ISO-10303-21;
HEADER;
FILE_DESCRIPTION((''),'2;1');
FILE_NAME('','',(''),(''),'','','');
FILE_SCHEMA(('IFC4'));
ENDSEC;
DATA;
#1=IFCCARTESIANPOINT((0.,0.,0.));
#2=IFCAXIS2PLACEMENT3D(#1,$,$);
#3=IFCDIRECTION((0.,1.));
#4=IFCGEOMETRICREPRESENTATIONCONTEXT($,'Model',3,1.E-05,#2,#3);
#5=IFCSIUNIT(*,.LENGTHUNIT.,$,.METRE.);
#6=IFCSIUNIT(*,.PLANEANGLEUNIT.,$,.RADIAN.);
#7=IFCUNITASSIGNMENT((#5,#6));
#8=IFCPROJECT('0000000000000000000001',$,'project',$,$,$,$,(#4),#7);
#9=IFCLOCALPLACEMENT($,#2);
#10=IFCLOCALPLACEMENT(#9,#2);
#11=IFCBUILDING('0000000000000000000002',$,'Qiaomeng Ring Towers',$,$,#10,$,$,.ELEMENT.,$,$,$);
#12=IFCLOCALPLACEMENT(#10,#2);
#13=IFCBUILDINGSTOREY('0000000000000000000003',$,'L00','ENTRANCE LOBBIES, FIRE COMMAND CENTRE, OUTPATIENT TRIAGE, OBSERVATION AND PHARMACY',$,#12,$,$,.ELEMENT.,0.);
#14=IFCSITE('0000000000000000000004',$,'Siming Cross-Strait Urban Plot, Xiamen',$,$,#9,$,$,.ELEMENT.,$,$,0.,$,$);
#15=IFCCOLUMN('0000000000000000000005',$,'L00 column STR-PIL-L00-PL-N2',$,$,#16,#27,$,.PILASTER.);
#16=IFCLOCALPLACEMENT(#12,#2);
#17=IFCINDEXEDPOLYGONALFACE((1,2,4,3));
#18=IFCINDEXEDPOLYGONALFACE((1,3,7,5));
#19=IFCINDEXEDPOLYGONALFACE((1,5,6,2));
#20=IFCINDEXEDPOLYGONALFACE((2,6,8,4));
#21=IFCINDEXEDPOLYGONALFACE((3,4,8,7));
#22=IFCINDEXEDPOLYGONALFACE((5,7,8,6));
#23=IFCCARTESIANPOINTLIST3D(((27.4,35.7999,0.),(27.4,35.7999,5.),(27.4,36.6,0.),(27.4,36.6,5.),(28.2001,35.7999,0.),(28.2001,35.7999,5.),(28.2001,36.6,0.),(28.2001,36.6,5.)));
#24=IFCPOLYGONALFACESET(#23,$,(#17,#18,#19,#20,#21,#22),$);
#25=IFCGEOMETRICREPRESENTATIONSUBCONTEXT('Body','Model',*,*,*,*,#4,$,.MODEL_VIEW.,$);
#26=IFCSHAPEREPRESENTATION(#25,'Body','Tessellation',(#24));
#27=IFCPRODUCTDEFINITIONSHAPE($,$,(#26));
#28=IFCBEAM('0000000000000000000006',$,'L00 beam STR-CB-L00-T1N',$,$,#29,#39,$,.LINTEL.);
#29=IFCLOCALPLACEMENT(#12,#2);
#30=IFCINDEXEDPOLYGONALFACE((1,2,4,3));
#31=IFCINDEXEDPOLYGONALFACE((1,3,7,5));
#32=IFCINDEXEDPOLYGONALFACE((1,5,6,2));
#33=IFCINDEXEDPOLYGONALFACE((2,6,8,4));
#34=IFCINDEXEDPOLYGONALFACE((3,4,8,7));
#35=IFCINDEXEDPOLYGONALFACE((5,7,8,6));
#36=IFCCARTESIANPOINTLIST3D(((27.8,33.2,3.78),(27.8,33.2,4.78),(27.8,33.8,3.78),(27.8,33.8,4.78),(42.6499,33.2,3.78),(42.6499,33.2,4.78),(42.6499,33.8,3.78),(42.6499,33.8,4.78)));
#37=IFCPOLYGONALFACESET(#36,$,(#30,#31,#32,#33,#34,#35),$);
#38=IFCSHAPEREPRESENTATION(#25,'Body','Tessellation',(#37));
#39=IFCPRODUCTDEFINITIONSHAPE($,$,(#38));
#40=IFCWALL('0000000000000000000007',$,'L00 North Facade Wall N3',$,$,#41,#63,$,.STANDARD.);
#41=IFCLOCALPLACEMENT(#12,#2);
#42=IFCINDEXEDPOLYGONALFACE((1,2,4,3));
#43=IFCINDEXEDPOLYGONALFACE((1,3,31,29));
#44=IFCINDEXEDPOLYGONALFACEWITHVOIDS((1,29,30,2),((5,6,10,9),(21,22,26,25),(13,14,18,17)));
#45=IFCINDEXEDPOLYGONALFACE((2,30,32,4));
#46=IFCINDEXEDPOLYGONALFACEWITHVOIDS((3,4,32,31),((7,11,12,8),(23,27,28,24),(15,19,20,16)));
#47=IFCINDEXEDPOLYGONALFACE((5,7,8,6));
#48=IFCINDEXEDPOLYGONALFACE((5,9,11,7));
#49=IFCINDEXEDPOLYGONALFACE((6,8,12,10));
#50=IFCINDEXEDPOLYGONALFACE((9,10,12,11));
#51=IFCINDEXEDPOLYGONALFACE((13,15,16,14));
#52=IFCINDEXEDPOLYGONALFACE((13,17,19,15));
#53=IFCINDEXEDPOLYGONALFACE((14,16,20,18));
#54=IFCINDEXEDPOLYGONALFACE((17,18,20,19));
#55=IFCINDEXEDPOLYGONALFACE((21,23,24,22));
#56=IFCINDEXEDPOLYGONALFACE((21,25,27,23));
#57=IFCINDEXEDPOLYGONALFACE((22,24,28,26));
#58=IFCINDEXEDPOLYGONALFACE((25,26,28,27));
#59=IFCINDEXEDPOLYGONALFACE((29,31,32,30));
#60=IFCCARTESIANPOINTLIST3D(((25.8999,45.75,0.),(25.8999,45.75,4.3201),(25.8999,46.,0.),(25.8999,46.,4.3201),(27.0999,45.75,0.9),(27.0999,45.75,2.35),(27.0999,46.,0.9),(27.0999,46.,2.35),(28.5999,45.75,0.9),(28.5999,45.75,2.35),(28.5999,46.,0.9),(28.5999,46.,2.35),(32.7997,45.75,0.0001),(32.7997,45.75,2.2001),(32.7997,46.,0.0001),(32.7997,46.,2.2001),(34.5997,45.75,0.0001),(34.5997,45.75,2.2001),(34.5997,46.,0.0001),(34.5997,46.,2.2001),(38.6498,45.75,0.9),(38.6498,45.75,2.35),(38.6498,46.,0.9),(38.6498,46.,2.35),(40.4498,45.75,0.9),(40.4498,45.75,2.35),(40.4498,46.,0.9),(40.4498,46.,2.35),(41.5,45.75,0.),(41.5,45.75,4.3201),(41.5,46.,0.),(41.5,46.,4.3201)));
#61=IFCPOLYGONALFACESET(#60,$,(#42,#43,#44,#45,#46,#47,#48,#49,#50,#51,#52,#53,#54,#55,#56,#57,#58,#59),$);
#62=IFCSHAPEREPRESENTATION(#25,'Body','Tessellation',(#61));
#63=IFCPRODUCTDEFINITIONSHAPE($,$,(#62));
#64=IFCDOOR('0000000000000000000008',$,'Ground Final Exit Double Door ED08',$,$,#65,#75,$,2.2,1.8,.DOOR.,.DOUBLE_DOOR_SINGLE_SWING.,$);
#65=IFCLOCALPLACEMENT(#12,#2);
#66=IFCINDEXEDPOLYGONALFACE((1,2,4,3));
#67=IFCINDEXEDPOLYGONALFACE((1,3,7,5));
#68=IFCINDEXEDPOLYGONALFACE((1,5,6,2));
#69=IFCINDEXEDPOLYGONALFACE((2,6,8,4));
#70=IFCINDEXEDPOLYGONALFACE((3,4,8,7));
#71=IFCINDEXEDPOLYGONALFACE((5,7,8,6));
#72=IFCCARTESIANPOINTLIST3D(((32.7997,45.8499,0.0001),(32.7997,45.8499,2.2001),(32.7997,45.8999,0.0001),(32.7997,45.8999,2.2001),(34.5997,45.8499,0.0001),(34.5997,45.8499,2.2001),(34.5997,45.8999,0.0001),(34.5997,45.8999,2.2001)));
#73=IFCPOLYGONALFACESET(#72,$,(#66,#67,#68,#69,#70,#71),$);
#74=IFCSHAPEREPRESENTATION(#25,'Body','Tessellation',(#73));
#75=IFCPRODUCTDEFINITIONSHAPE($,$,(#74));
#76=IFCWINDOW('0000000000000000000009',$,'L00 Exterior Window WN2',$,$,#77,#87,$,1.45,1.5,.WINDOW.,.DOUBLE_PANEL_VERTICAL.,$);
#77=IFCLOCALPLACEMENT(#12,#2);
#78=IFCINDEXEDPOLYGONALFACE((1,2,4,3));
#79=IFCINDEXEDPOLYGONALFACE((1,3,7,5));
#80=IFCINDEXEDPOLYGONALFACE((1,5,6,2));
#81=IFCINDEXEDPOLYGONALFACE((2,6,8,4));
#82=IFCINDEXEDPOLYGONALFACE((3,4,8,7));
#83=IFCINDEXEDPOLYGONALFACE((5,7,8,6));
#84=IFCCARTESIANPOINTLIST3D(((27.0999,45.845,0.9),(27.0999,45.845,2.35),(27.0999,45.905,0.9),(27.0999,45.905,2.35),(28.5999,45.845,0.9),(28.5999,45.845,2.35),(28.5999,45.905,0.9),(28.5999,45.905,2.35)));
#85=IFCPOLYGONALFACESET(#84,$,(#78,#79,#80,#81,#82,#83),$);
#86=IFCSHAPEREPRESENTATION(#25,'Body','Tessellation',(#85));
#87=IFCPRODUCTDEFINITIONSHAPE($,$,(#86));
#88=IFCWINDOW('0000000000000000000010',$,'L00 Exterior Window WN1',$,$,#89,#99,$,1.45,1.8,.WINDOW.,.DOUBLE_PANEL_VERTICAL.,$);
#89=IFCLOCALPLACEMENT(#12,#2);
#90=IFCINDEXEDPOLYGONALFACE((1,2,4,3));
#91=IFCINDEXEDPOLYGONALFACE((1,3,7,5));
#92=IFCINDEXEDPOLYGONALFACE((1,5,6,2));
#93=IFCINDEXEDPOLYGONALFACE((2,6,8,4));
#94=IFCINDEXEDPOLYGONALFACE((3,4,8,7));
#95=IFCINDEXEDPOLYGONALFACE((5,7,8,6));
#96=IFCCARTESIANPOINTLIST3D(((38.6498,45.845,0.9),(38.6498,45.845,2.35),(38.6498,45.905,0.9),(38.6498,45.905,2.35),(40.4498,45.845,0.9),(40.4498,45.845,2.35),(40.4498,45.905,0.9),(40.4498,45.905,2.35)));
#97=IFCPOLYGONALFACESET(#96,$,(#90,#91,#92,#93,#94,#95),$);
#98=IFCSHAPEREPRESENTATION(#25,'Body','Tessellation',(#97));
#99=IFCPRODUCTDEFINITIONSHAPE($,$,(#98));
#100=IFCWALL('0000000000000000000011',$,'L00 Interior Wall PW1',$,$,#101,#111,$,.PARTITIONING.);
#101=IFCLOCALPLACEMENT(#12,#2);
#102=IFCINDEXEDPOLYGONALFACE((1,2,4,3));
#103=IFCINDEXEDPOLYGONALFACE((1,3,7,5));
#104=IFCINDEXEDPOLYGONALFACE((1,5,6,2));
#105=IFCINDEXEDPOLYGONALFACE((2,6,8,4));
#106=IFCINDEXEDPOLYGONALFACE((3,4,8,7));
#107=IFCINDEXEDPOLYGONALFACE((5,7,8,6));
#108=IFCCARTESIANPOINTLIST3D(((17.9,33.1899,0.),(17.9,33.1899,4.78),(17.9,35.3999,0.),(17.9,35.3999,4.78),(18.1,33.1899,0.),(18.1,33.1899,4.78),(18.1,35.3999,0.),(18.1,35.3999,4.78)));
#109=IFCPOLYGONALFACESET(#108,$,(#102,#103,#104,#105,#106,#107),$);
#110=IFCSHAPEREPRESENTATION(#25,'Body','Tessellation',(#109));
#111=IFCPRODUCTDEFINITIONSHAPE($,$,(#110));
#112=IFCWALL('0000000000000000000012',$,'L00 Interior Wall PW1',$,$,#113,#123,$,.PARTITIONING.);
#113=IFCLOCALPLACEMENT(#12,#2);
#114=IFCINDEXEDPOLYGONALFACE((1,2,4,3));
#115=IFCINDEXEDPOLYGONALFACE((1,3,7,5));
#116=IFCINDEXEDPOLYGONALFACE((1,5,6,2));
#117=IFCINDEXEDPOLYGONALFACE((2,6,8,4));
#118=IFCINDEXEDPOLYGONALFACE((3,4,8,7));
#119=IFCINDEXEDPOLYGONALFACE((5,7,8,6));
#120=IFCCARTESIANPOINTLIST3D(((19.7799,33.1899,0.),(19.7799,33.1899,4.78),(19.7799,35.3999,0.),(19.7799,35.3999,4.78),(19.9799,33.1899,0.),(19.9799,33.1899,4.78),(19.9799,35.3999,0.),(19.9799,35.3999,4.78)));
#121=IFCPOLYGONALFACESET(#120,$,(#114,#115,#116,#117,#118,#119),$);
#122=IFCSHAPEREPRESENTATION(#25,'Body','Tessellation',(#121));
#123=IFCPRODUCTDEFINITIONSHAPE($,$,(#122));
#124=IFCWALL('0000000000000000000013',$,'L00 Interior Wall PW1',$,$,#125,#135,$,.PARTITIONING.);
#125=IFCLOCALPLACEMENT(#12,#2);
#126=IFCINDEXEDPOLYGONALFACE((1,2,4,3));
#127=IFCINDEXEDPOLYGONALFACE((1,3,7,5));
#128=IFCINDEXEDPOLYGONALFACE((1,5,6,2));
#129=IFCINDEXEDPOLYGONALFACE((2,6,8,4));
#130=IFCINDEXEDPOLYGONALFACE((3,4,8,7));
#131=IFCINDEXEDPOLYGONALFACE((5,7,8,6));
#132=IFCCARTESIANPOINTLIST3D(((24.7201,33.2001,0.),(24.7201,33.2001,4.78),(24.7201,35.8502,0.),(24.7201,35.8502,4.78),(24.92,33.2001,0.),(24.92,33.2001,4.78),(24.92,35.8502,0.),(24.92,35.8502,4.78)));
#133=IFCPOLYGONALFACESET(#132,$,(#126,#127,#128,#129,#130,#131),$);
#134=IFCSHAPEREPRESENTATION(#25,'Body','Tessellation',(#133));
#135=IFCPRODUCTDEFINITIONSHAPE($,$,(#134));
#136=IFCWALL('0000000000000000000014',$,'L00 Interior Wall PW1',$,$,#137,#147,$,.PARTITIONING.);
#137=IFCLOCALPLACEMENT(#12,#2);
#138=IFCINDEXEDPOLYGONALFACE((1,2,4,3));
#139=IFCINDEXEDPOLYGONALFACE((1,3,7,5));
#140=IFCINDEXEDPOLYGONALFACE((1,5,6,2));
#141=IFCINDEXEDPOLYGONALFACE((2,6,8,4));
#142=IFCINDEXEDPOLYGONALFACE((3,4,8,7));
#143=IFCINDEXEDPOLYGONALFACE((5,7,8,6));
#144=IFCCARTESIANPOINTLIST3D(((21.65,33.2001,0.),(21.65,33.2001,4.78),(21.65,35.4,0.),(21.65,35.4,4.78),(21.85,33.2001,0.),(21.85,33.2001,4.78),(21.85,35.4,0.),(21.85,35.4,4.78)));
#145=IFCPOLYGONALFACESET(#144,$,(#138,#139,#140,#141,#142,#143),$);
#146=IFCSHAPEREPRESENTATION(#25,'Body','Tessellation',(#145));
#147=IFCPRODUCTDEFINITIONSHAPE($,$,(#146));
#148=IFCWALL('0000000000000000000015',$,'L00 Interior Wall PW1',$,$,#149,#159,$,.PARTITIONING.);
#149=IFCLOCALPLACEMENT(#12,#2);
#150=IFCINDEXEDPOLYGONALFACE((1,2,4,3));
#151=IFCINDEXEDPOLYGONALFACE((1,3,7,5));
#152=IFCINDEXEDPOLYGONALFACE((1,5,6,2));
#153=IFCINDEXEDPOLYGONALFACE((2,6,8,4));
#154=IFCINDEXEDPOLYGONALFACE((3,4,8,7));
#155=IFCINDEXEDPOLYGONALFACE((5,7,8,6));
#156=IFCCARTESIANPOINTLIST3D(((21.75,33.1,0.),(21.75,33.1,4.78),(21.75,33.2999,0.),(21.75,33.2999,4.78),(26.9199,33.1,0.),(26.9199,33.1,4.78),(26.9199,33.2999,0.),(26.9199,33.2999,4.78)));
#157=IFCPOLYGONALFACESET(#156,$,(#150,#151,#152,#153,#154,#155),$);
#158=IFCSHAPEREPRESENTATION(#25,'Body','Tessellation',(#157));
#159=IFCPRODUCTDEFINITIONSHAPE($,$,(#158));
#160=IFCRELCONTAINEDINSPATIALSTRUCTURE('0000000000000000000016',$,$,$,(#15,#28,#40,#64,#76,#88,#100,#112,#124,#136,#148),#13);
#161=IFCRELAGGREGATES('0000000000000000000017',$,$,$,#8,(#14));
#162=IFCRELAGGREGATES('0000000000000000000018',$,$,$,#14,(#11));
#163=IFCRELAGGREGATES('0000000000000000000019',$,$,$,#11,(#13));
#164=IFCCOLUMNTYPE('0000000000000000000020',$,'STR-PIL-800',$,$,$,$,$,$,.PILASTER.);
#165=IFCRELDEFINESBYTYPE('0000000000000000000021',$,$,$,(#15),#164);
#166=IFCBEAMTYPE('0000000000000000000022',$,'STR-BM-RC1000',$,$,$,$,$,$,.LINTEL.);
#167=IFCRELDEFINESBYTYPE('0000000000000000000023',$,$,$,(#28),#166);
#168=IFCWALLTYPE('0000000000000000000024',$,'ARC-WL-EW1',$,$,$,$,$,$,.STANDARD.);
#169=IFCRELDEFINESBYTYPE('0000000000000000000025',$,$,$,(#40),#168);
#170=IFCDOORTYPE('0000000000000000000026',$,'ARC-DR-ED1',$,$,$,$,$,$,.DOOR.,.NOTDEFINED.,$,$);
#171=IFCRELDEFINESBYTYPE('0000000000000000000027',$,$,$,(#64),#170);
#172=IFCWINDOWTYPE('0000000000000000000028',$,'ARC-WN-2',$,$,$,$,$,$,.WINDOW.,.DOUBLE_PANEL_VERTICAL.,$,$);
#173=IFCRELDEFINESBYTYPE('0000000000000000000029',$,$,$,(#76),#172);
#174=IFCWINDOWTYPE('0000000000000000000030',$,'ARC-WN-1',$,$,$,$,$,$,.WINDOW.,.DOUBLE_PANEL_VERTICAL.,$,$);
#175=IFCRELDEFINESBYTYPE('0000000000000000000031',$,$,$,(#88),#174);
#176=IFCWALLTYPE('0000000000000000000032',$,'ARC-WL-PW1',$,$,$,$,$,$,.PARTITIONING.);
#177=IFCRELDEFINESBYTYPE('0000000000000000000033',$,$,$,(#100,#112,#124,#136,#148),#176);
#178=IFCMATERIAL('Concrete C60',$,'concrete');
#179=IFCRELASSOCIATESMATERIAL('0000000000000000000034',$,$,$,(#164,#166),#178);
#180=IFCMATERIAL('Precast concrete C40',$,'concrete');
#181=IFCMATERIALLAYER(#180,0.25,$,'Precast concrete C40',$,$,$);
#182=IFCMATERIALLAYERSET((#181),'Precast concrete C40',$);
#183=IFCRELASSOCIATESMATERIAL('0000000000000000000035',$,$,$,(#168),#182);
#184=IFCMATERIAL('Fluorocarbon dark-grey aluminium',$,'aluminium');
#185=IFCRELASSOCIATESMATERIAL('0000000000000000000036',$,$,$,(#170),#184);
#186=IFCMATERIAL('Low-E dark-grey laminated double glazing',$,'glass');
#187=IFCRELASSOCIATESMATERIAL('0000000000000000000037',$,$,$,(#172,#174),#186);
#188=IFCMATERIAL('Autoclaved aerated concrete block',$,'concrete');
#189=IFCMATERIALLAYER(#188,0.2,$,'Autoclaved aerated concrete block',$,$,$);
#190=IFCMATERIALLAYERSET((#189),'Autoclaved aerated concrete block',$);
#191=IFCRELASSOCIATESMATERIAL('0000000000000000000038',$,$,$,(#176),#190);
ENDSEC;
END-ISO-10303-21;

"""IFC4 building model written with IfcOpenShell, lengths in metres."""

from ifc_helpers import new_model, si_unit, direction, frame, frame_2d, origin, origin_2d, place, context, subcontext, project, spatial, rectangle, extrude, source, transform, mapped, material, layer, layer_set, material_profile, profile_set, type_object, element, fill, save


model = new_model("IFC4")

# Units and contexts
model_context = context("Model", 3, precision=1e-05, world=origin(), true_north=direction((0.0, 1.0)))
body_context = subcontext(model_context, "Body", "Model", "MODEL_VIEW")
ifc_project = project(units=[si_unit("LENGTHUNIT", "METRE"), si_unit("PLANEANGLEUNIT", "RADIAN")], contexts=[model_context])

# Site, building, storey
site_placement = place(None, origin())
site = spatial("IfcSite", under=ifc_project, at=site_placement, Name="Siming Cross-Strait Urban Plot, Xiamen", CompositionType="ELEMENT", RefElevation=0.0)
building_placement = place(site_placement, origin())
building = spatial("IfcBuilding", under=site, at=building_placement, Name="Qiaomeng Ring Towers", CompositionType="ELEMENT")
storey_placement = place(building_placement, origin())
storey = spatial("IfcBuildingStorey", under=building, at=storey_placement, Name="L00", Description="ENTRANCE LOBBIES, FIRE COMMAND CENTRE, OUTPATIENT TRIAGE, OBSERVATION AND PHARMACY", CompositionType="ELEMENT", Elevation=0.0)

# Column
ifc_material_1 = material(Name="Concrete C60", Category="concrete")
ifc_material_profile_1 = material_profile(ifc_material_1, rectangle(XDim=0.8, YDim=0.8, at=origin_2d()), Name="RC COL 800x800")
ifc_profile_set_1 = profile_set([ifc_material_profile_1], Name="Concrete C60")
column_type = type_object("IfcColumnType", Name="STR-PIL-800", PredefinedType="PILASTER", material=ifc_profile_set_1)
shared_shape_1 = source(origin(), body_context, "Body", "SweptSolid", [
    extrude(rectangle(XDim=0.8, YDim=0.8, at=origin_2d()), origin(), (0.0, 0.0, 1.0), 5.0),
])
column_placement = place(storey_placement, frame((27.8, 36.2, 0.0), z_axis=(0.0, 0.0, 1.0), x_axis=(1.0, 0.0, 0.0)))
element("IfcColumn", 1, at=column_placement, inside=storey, type_object=column_type, Name="L00 column STR-PIL-L00-PL-N2", PredefinedType="PILASTER", context=body_context, shape_type="MappedRepresentation", body=[
    mapped(shared_shape_1, transform((0.0, 0.0, 0.0), x_axis=(1.0, 0.0, 0.0), y_axis=(0.0, 1.0, 0.0), z_axis=(0.0, 0.0, 1.0), scale=1.0)),
])

# Beam
ifc_material_profile_2 = material_profile(ifc_material_1, rectangle(XDim=0.6001, YDim=1.0, at=origin_2d()), Name="RC BM 600x1000")
ifc_profile_set_2 = profile_set([ifc_material_profile_2], Name="Concrete C60")
beam_type = type_object("IfcBeamType", Name="STR-BM-RC1000", PredefinedType="LINTEL", material=ifc_profile_set_2)
shared_shape_2 = source(origin(), body_context, "Body", "SweptSolid", [
    extrude(rectangle(XDim=0.6001, YDim=1.0, at=origin_2d()), origin(), (0.0, 0.0, 1.0), 14.8499),
])
beam_placement = place(storey_placement, frame((27.8, 33.5, 4.28), z_axis=(1.0, 0.0, 0.0), x_axis=(0.0, 1.0, 0.0)))
element("IfcBeam", 2, at=beam_placement, inside=storey, type_object=beam_type, Name="L00 beam STR-CB-L00-T1N", PredefinedType="LINTEL", context=body_context, shape_type="MappedRepresentation", body=[
    mapped(shared_shape_2, transform((0.0, 0.0, 0.0), x_axis=(1.0, 0.0, 0.0), y_axis=(0.0, 1.0, 0.0), z_axis=(0.0, 0.0, 1.0), scale=1.0)),
])

# Wall, openings, door, windows
ifc_material_2 = material(Name="Precast concrete C40", Category="concrete")
ifc_layer_1 = layer(ifc_material_2, 0.25, Name="Precast concrete C40")
ifc_layer_set_1 = layer_set([ifc_layer_1], Name="Precast concrete C40")
wall_type_1 = type_object("IfcWallType", Name="ARC-WL-EW1", PredefinedType="STANDARD", material=ifc_layer_set_1)
wall_1_placement = place(storey_placement, frame((25.8999, 45.875, 0.0), z_axis=(0.0, 0.0, 1.0), x_axis=(1.0, 0.0, 0.0)))
wall_1 = element("IfcWall", 3, at=wall_1_placement, inside=storey, type_object=wall_type_1, Name="L00 North Facade Wall N3", PredefinedType="STANDARD", context=body_context, shape_type="SweptSolid", body=[
    extrude(rectangle(XDim=15.6001, YDim=0.25, at=frame_2d((7.8, 0.0))), origin(), (0.0, 0.0, 1.0), 4.3201),
])
opening_1_placement = place(wall_1_placement, frame((6.8999, 0.0, 0.0)))
opening_1 = element("IfcOpeningElement", 4, at=opening_1_placement, cuts=wall_1, PredefinedType="OPENING", context=body_context, shape_type="SweptSolid", body=[
    extrude(rectangle(XDim=1.8, YDim=2.2, at=frame_2d((0.8999, 1.1001))), frame((0.0, 0.135, 0.0), z_axis=(0.0, -1.0, 0.0), x_axis=(1.0, 0.0, 0.0)), (0.0, 0.0, 1.0), 0.27),
])
opening_2_placement = place(wall_1_placement, frame((1.2, 0.0, 0.8999)))
opening_2 = element("IfcOpeningElement", 5, at=opening_2_placement, cuts=wall_1, PredefinedType="OPENING", context=body_context, shape_type="SweptSolid", body=[
    extrude(rectangle(XDim=1.5, YDim=1.45, at=frame_2d((0.75, 0.7251))), frame((0.0, 0.135, 0.0), z_axis=(0.0, -1.0, 0.0), x_axis=(1.0, 0.0, 0.0)), (0.0, 0.0, 1.0), 0.27),
])
opening_3_placement = place(wall_1_placement, frame((12.75, 0.0, 0.8999)))
opening_3 = element("IfcOpeningElement", 6, at=opening_3_placement, cuts=wall_1, PredefinedType="OPENING", context=body_context, shape_type="SweptSolid", body=[
    extrude(rectangle(XDim=1.8, YDim=1.45, at=frame_2d((0.8999, 0.7251))), frame((0.0, 0.135, 0.0), z_axis=(0.0, -1.0, 0.0), x_axis=(1.0, 0.0, 0.0)), (0.0, 0.0, 1.0), 0.27),
])
ifc_material_3 = material(Name="Fluorocarbon dark-grey aluminium", Category="aluminium")
door_type_1 = type_object("IfcDoorType", Name="ARC-DR-ED1", OperationType="NOTDEFINED", PredefinedType="DOOR", material=ifc_material_3)
shared_shape_3 = source(origin(), body_context, "Body", "SweptSolid", [
    extrude(rectangle(XDim=1.8, YDim=2.2, at=frame_2d((0.8999, 1.1001))), frame((0.0, 0.0249, 0.0), z_axis=(0.0, -1.0, 0.0), x_axis=(1.0, 0.0, 0.0)), (0.0, 0.0, 1.0), 0.05),
])
door_1_placement = place(opening_1_placement, origin())
door_1 = element("IfcDoor", 7, at=door_1_placement, inside=storey, type_object=door_type_1, Name="Ground Final Exit Double Door ED08", OperationType="DOUBLE_DOOR_SINGLE_SWING", OverallHeight=2.2, OverallWidth=1.8, PredefinedType="DOOR", context=body_context, shape_type="MappedRepresentation", body=[
    mapped(shared_shape_3, transform((0.0, 0.0, 0.0), x_axis=(1.0, 0.0, 0.0), y_axis=(0.0, 1.0, 0.0), z_axis=(0.0, 0.0, 1.0), scale=1.0)),
])
fill(opening_1, door_1)
ifc_material_4 = material(Name="Low-E dark-grey laminated double glazing", Category="glass")
window_type_1 = type_object("IfcWindowType", Name="ARC-WN-2", PartitioningType="DOUBLE_PANEL_VERTICAL", PredefinedType="WINDOW", material=ifc_material_4)
shared_shape_4 = source(origin(), body_context, "Body", "SweptSolid", [
    extrude(rectangle(XDim=1.5, YDim=1.45, at=frame_2d((0.75, 0.7251))), frame((0.0, 0.03, 0.0), z_axis=(0.0, -1.0, 0.0), x_axis=(1.0, 0.0, 0.0)), (0.0, 0.0, 1.0), 0.0601),
])
window_1_placement = place(opening_2_placement, origin())
window_1 = element("IfcWindow", 8, at=window_1_placement, inside=storey, type_object=window_type_1, Name="L00 Exterior Window WN2", OverallHeight=1.45, OverallWidth=1.5, PartitioningType="DOUBLE_PANEL_VERTICAL", PredefinedType="WINDOW", context=body_context, shape_type="MappedRepresentation", body=[
    mapped(shared_shape_4, transform((0.0, 0.0, 0.0), x_axis=(1.0, 0.0, 0.0), y_axis=(0.0, 1.0, 0.0), z_axis=(0.0, 0.0, 1.0), scale=1.0)),
])
fill(opening_2, window_1)
window_type_2 = type_object("IfcWindowType", Name="ARC-WN-1", PartitioningType="DOUBLE_PANEL_VERTICAL", PredefinedType="WINDOW", material=ifc_material_4)
shared_shape_5 = source(origin(), body_context, "Body", "SweptSolid", [
    extrude(rectangle(XDim=1.8, YDim=1.45, at=frame_2d((0.8999, 0.7251))), frame((0.0, 0.03, 0.0), z_axis=(0.0, -1.0, 0.0), x_axis=(1.0, 0.0, 0.0)), (0.0, 0.0, 1.0), 0.0601),
])
window_2_placement = place(opening_3_placement, origin())
window_2 = element("IfcWindow", 9, at=window_2_placement, inside=storey, type_object=window_type_2, Name="L00 Exterior Window WN1", OverallHeight=1.45, OverallWidth=1.8, PartitioningType="DOUBLE_PANEL_VERTICAL", PredefinedType="WINDOW", context=body_context, shape_type="MappedRepresentation", body=[
    mapped(shared_shape_5, transform((0.0, 0.0, 0.0), x_axis=(1.0, 0.0, 0.0), y_axis=(0.0, 1.0, 0.0), z_axis=(0.0, 0.0, 1.0), scale=1.0)),
])
fill(opening_3, window_2)

# Walls
ifc_material_5 = material(Name="Autoclaved aerated concrete block", Category="concrete")
ifc_layer_2 = layer(ifc_material_5, 0.2, Name="Autoclaved aerated concrete block")
ifc_layer_set_2 = layer_set([ifc_layer_2], Name="Autoclaved aerated concrete block")
wall_type_2 = type_object("IfcWallType", Name="ARC-WL-PW1", PredefinedType="PARTITIONING", material=ifc_layer_set_2)
for number, where, z_axis, x_axis, name in (
    (10, (18.0, 33.1899, 0.0), (0.0, 0.0, 1.0), (0.0, 1.0, 0.0), "L00 Interior Wall PW1"),
    (11, (19.8799, 33.1899, 0.0), (0.0, 0.0, 1.0), (0.0, 1.0, 0.0), "L00 Interior Wall PW1"),
):
    element("IfcWall", number, at=place(storey_placement, frame(where, z_axis=z_axis, x_axis=x_axis)), inside=storey, type_object=wall_type_2, Name=name, PredefinedType="PARTITIONING", context=body_context, shape_type="SweptSolid", body=[
        extrude(rectangle(XDim=2.21, YDim=0.2, at=frame_2d((1.105, 0.0))), origin(), (0.0, 0.0, 1.0), 4.78),
    ])
wall_2_placement = place(storey_placement, frame((24.8201, 33.2, 0.0), z_axis=(0.0, 0.0, 1.0), x_axis=(0.0, 1.0, 0.0)))
element("IfcWall", 12, at=wall_2_placement, inside=storey, type_object=wall_type_2, Name="L00 Interior Wall PW1", PredefinedType="PARTITIONING", context=body_context, shape_type="SweptSolid", body=[
    extrude(rectangle(XDim=2.6501, YDim=0.2, at=frame_2d((1.3252, 0.0))), origin(), (0.0, 0.0, 1.0), 4.78),
])
wall_3_placement = place(storey_placement, frame((21.75, 33.2, 0.0), z_axis=(0.0, 0.0, 1.0), x_axis=(0.0, 1.0, 0.0)))
element("IfcWall", 13, at=wall_3_placement, inside=storey, type_object=wall_type_2, Name="L00 Interior Wall PW1", PredefinedType="PARTITIONING", context=body_context, shape_type="SweptSolid", body=[
    extrude(rectangle(XDim=2.2, YDim=0.2, at=frame_2d((1.1001, 0.0))), origin(), (0.0, 0.0, 1.0), 4.78),
])
wall_4_placement = place(storey_placement, frame((21.75, 33.2, 0.0), z_axis=(0.0, 0.0, 1.0), x_axis=(1.0, 0.0, 0.0)))
element("IfcWall", 14, at=wall_4_placement, inside=storey, type_object=wall_type_2, Name="L00 Interior Wall PW1", PredefinedType="PARTITIONING", context=body_context, shape_type="SweptSolid", body=[
    extrude(rectangle(XDim=5.1699, YDim=0.2, at=frame_2d((2.585, 0.0))), origin(), (0.0, 0.0, 1.0), 4.78),
])

save(model, "model.ifc")
